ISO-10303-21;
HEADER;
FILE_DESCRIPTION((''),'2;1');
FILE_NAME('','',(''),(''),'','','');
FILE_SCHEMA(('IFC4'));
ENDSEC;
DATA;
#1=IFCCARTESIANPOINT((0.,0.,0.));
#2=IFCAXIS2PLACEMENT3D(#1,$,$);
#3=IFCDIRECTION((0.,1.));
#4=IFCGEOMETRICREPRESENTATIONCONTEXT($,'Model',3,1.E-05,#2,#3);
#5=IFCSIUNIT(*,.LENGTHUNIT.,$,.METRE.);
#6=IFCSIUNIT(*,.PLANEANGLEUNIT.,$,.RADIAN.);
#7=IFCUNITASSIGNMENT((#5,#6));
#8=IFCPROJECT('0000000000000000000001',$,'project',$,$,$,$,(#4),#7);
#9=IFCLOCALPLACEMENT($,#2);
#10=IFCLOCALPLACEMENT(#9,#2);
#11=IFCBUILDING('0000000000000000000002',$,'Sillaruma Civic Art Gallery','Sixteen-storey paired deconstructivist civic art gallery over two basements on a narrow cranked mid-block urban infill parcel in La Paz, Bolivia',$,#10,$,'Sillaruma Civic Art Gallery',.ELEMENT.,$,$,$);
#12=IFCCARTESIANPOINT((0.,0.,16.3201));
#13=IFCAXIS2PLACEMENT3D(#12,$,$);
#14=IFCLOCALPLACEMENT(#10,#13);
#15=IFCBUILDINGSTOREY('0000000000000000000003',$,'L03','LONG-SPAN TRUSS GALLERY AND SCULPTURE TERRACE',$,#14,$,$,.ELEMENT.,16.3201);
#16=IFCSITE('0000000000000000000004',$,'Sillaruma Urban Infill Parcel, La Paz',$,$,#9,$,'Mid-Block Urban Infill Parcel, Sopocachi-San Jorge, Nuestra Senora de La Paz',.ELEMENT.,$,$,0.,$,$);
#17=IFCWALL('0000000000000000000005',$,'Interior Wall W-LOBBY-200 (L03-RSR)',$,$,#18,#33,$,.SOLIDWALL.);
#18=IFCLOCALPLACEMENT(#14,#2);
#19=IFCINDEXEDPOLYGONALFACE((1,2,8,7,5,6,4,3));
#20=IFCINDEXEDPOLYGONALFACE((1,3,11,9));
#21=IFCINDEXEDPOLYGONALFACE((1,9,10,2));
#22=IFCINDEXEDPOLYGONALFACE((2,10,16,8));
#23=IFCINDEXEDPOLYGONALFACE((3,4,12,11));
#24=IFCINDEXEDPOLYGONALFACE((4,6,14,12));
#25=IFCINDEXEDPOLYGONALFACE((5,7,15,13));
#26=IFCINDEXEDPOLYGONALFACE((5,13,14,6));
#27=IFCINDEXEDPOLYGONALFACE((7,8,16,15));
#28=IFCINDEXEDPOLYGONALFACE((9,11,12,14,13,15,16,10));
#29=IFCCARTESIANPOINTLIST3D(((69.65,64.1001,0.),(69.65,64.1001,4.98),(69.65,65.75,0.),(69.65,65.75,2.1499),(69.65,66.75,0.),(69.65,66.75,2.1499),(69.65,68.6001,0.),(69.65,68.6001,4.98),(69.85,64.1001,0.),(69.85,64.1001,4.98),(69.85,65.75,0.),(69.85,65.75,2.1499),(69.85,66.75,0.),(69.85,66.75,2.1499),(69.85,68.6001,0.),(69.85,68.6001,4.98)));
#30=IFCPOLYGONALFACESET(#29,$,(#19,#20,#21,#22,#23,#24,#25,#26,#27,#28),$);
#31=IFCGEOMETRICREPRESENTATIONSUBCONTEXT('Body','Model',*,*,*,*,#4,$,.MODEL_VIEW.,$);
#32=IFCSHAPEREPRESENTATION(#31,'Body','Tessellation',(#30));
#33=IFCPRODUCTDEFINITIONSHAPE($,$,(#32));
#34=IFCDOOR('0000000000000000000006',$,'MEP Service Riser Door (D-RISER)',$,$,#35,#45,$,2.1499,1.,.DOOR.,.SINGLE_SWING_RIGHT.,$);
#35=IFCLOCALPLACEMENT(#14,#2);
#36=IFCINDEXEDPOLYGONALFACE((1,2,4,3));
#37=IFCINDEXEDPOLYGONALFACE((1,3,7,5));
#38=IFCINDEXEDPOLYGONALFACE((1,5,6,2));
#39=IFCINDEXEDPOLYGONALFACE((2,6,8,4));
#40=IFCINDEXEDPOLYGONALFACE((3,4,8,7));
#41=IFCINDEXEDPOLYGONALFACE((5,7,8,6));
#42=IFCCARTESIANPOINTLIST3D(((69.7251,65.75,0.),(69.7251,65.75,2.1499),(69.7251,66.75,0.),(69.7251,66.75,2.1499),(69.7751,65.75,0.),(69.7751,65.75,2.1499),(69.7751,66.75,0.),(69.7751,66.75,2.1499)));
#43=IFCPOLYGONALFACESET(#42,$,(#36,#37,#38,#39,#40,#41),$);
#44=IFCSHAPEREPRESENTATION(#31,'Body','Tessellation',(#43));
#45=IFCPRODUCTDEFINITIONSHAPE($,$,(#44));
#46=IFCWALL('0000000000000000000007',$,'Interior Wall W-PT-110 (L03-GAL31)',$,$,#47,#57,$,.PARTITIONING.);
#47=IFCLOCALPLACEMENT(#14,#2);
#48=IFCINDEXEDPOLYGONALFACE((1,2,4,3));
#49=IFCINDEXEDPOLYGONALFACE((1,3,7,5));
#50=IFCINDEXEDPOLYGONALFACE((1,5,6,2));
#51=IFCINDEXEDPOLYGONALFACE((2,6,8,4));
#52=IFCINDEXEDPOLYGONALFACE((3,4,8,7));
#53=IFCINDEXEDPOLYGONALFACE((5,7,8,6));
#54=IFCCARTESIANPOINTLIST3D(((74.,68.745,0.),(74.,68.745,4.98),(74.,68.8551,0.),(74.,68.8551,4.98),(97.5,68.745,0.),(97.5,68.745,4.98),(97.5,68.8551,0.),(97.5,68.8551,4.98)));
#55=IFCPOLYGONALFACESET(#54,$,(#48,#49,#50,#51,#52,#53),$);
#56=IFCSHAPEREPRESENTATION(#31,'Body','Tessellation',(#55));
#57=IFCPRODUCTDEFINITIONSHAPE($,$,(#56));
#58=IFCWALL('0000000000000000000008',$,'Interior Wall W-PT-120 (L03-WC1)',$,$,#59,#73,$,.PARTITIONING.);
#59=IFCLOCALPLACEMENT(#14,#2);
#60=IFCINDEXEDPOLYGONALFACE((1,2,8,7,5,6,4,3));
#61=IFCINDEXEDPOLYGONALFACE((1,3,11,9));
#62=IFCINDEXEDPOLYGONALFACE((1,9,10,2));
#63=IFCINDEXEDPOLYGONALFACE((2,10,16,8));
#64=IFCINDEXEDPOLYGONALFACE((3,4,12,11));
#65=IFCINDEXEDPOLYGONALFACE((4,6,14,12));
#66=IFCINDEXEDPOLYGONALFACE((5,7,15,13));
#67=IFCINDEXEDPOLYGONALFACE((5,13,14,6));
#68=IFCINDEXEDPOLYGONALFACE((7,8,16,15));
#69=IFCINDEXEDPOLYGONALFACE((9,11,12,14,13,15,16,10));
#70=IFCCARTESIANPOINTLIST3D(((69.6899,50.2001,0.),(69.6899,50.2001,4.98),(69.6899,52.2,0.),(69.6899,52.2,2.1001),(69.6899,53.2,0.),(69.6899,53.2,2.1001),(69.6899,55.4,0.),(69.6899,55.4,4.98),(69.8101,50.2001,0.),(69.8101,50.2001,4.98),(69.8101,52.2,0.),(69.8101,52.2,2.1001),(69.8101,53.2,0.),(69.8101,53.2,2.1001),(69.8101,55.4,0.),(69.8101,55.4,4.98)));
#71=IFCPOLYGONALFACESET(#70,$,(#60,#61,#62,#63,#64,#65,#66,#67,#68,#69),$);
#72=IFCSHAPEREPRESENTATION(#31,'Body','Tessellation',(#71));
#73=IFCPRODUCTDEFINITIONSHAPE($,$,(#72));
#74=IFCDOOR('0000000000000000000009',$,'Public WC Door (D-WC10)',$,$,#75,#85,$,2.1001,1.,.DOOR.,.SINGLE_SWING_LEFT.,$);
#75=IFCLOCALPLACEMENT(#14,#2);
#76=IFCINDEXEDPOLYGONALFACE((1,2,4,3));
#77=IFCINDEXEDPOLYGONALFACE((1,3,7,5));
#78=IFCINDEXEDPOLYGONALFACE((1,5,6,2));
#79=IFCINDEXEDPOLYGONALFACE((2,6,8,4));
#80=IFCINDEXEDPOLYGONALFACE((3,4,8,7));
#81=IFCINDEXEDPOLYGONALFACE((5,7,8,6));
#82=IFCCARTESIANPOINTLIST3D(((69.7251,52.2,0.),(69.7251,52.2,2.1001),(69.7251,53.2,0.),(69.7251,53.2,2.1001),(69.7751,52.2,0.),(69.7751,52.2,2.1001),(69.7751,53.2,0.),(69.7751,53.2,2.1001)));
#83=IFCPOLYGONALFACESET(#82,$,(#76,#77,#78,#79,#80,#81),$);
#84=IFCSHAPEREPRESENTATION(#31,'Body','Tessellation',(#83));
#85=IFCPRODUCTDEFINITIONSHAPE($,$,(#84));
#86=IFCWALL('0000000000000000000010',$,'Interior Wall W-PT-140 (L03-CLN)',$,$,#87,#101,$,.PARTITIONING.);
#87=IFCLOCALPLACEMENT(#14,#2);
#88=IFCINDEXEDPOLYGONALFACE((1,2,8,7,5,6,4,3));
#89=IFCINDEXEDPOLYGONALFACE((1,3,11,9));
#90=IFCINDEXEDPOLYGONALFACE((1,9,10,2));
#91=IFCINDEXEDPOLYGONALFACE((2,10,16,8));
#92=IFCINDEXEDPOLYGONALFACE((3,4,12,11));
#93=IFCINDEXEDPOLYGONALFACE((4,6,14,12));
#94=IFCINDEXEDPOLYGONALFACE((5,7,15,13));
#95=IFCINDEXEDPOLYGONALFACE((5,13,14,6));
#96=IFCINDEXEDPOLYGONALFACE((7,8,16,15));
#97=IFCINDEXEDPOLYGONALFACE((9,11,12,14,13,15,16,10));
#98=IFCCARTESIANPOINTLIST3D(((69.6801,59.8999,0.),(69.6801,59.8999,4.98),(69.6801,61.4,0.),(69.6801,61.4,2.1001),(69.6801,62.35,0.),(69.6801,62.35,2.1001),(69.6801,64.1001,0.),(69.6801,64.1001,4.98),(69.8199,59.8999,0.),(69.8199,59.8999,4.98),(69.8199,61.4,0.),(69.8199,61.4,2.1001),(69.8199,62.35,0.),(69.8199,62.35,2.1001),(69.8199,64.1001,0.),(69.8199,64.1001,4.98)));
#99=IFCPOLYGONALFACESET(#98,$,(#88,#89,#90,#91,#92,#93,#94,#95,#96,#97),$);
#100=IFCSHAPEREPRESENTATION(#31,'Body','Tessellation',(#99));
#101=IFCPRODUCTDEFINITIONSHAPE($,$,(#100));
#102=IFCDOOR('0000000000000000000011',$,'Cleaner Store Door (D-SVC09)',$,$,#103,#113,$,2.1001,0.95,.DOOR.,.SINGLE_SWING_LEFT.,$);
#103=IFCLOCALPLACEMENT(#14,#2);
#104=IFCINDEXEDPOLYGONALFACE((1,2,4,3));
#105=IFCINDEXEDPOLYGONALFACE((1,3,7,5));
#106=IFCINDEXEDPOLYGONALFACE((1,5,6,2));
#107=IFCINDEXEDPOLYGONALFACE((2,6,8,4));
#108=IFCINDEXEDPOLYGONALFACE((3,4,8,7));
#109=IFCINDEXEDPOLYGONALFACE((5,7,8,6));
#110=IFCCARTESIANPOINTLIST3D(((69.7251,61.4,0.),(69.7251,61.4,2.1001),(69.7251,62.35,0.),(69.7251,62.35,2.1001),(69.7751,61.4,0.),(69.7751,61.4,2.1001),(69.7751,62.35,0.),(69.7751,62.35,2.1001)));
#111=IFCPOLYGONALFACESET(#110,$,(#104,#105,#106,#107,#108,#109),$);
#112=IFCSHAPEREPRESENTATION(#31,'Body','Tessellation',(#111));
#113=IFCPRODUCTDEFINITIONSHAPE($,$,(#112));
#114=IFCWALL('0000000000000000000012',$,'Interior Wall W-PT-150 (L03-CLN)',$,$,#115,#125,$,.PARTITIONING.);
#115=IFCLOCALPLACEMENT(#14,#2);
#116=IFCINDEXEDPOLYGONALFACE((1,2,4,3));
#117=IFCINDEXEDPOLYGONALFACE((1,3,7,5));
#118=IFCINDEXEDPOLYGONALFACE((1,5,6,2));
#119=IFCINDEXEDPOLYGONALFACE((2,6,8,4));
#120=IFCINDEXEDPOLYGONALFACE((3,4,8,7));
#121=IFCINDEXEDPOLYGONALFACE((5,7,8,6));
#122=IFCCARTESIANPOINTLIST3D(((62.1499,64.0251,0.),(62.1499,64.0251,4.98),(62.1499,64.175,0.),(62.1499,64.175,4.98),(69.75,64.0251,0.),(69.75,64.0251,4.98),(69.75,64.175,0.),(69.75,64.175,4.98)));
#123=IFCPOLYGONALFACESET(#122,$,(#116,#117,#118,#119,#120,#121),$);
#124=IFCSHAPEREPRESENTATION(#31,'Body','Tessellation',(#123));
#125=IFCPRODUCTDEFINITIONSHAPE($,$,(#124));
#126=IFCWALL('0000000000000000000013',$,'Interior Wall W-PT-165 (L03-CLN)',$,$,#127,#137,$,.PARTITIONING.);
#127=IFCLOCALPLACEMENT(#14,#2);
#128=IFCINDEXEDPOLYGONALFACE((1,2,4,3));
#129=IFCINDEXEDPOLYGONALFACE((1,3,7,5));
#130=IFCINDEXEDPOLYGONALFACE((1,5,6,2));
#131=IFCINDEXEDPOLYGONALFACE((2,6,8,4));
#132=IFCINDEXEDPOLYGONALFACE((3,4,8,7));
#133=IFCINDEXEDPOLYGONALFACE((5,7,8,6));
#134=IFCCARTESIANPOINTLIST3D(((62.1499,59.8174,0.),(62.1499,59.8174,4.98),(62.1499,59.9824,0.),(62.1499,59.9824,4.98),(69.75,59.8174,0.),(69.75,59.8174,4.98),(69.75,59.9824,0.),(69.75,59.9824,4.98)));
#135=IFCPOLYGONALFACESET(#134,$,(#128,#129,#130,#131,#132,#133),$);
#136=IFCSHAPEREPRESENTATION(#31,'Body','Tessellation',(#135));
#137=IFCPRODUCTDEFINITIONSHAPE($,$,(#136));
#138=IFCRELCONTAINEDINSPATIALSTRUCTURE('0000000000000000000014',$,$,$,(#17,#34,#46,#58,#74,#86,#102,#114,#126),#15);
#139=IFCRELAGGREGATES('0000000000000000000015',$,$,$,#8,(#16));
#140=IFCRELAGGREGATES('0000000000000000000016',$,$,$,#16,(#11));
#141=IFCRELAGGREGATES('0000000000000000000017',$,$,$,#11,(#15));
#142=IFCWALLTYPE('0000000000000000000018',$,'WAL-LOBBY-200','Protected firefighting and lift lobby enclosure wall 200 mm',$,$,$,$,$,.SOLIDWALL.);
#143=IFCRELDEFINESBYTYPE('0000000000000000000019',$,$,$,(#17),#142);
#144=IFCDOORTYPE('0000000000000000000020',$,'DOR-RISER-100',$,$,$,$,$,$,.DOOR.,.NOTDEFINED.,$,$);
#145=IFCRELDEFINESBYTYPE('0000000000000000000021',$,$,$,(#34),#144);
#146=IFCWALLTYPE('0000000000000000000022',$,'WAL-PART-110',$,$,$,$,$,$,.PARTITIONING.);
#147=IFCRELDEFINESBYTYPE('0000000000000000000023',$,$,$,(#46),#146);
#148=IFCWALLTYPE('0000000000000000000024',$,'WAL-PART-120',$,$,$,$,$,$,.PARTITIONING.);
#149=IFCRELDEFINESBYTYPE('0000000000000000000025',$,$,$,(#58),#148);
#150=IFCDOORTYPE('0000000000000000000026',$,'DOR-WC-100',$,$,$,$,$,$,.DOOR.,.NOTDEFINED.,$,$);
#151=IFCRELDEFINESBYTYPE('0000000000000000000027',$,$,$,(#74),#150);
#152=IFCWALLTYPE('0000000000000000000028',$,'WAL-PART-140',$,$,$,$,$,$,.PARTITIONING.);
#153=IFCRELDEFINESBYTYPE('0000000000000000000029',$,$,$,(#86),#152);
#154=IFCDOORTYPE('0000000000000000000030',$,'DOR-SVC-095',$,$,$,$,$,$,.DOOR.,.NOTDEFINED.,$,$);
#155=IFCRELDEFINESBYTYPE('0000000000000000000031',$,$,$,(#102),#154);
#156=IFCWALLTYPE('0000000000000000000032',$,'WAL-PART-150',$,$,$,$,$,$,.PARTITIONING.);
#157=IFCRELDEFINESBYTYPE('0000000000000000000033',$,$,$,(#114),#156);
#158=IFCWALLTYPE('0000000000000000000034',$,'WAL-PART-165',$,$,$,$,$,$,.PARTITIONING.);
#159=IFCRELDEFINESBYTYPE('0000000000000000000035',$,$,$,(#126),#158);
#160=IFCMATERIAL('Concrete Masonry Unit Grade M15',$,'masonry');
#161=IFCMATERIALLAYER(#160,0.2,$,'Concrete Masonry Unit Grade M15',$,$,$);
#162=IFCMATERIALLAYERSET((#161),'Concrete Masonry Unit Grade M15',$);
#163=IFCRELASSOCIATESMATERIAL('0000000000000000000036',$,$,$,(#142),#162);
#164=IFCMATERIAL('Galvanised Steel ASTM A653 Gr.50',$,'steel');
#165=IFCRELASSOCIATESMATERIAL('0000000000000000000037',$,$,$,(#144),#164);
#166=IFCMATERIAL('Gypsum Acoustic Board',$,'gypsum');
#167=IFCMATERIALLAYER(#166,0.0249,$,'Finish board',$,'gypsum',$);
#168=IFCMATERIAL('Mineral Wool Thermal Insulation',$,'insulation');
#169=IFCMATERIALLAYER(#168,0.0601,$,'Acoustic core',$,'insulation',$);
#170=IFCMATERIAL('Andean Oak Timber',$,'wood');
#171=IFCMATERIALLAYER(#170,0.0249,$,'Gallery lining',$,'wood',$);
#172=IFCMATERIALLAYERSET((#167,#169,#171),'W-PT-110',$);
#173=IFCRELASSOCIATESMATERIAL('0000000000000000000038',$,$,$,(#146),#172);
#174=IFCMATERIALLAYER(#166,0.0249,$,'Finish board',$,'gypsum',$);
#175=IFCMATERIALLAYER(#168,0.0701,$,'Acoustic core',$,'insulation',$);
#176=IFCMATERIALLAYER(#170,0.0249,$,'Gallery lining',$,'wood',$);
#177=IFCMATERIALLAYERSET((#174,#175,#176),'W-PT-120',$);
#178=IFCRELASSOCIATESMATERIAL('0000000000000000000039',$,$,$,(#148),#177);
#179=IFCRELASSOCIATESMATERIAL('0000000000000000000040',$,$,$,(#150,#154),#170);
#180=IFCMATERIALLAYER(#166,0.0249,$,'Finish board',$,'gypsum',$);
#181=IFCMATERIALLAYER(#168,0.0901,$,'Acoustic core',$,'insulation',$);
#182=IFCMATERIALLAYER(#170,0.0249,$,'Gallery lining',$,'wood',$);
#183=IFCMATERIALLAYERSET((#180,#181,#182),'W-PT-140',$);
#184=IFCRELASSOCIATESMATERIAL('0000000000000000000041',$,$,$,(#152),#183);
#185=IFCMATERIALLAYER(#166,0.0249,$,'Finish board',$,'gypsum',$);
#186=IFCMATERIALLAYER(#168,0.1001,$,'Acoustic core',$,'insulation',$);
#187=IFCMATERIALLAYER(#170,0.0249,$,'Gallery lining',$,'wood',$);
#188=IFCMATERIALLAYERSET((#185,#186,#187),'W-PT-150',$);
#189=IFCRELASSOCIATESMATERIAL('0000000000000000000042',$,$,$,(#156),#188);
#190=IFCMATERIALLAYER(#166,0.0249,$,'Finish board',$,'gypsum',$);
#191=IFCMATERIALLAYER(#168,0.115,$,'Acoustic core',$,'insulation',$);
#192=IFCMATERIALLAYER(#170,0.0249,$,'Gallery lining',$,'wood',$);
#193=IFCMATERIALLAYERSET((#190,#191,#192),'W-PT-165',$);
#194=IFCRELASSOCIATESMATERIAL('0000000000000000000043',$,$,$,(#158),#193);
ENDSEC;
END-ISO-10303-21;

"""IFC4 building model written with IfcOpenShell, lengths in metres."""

from ifc_helpers import new_model, si_unit, direction, frame, frame_2d, origin, place, context, subcontext, project, spatial, rectangle, extrude, material, layer, layer_set, type_object, element, fill, save


model = new_model("IFC4")

# Units and contexts
model_context = context("Model", 3, precision=1e-05, world=origin(), true_north=direction((0.0, 1.0)))
body_context = subcontext(model_context, "Body", "Model", "MODEL_VIEW")
ifc_project = project(units=[si_unit("LENGTHUNIT", "METRE"), si_unit("PLANEANGLEUNIT", "RADIAN")], contexts=[model_context])

# Site, building, storey
site_placement = place(None, origin())
site = spatial("IfcSite", under=ifc_project, at=site_placement, Name="Sillaruma Urban Infill Parcel, La Paz", LongName="Mid-Block Urban Infill Parcel, Sopocachi-San Jorge, Nuestra Senora de La Paz", CompositionType="ELEMENT", RefElevation=0.0)
building_placement = place(site_placement, origin())
building = spatial("IfcBuilding", under=site, at=building_placement, Name="Sillaruma Civic Art Gallery", Description="Sixteen-storey paired deconstructivist civic art gallery over two basements on a narrow cranked mid-block urban infill parcel in La Paz, Bolivia", LongName="Sillaruma Civic Art Gallery", CompositionType="ELEMENT")
storey_placement = place(building_placement, frame((0.0, 0.0, 16.3201)))
storey = spatial("IfcBuildingStorey", under=building, at=storey_placement, Name="L03", Description="LONG-SPAN TRUSS GALLERY AND SCULPTURE TERRACE", CompositionType="ELEMENT", Elevation=16.3201)

# Shared definitions
ifc_material_1 = material(Name="Concrete Masonry Unit Grade M15", Category="masonry")
ifc_layer_1 = layer(ifc_material_1, 0.2, Name="Concrete Masonry Unit Grade M15")
ifc_layer_set_1 = layer_set([ifc_layer_1], Name="Concrete Masonry Unit Grade M15")
wall_type_1 = type_object("IfcWallType", Name="WAL-LOBBY-200", Description="Protected firefighting and lift lobby enclosure wall 200 mm", PredefinedType="SOLIDWALL", material=ifc_layer_set_1)

# Wall, opening, door
wall_1_placement = place(storey_placement, frame((69.75, 64.1001, 0.0), z_axis=(0.0, 0.0, 1.0), x_axis=(0.0, 1.0, 0.0)))
wall_1 = element("IfcWall", 1, at=wall_1_placement, inside=storey, type_object=wall_type_1, Name="Interior Wall W-LOBBY-200 (L03-RSR)", PredefinedType="SOLIDWALL", context=body_context, shape_type="SweptSolid", body=[
    extrude(rectangle(XDim=4.5, YDim=0.2, at=frame_2d((2.25, 0.0))), origin(), (0.0, 0.0, 1.0), 4.98),
])
opening_1_placement = place(wall_1_placement, frame((1.6499, 0.0, 0.0)))
opening_1 = element("IfcOpeningElement", 2, at=opening_1_placement, cuts=wall_1, PredefinedType="OPENING", context=body_context, shape_type="SweptSolid", body=[
    extrude(rectangle(XDim=1.0, YDim=2.1499, at=frame_2d((0.5, 1.075))), frame((0.0, 0.1099, 0.0), z_axis=(0.0, -1.0, 0.0), x_axis=(1.0, 0.0, 0.0)), (0.0, 0.0, 1.0), 0.22),
])
ifc_material_2 = material(Name="Galvanised Steel ASTM A653 Gr.50", Category="steel")
door_type_1 = type_object("IfcDoorType", Name="DOR-RISER-100", OperationType="NOTDEFINED", PredefinedType="DOOR", material=ifc_material_2)
door_1_placement = place(opening_1_placement, origin())
door_1 = element("IfcDoor", 3, at=door_1_placement, inside=storey, type_object=door_type_1, Name="MEP Service Riser Door (D-RISER)", OperationType="SINGLE_SWING_RIGHT", OverallHeight=2.1499, OverallWidth=1.0, PredefinedType="DOOR", context=body_context, shape_type="SweptSolid", body=[
    extrude(rectangle(XDim=1.0, YDim=2.1499, at=frame_2d((0.5, 1.075))), frame((0.0, 0.0249, 0.0), z_axis=(0.0, -1.0, 0.0), x_axis=(1.0, 0.0, 0.0)), (0.0, 0.0, 1.0), 0.05),
])
fill(opening_1, door_1)

# Wall
ifc_material_3 = material(Name="Gypsum Acoustic Board", Category="gypsum")
ifc_layer_2 = layer(ifc_material_3, 0.0249, Name="Finish board", Category="gypsum")
ifc_material_4 = material(Name="Mineral Wool Thermal Insulation", Category="insulation")
ifc_layer_3 = layer(ifc_material_4, 0.0601, Name="Acoustic core", Category="insulation")
ifc_material_5 = material(Name="Andean Oak Timber", Category="wood")
ifc_layer_4 = layer(ifc_material_5, 0.0249, Name="Gallery lining", Category="wood")
ifc_layer_set_2 = layer_set([ifc_layer_2, ifc_layer_3, ifc_layer_4], Name="W-PT-110")
wall_type_2 = type_object("IfcWallType", Name="WAL-PART-110", PredefinedType="PARTITIONING", material=ifc_layer_set_2)
wall_2_placement = place(storey_placement, frame((74.0, 68.8, 0.0), z_axis=(0.0, 0.0, 1.0), x_axis=(1.0, 0.0, 0.0)))
element("IfcWall", 4, at=wall_2_placement, inside=storey, type_object=wall_type_2, Name="Interior Wall W-PT-110 (L03-GAL31)", PredefinedType="PARTITIONING", context=body_context, shape_type="SweptSolid", body=[
    extrude(rectangle(XDim=23.5, YDim=0.1101, at=frame_2d((11.75, 0.0))), origin(), (0.0, 0.0, 1.0), 4.98),
])

# Walls, openings, doors
ifc_layer_5 = layer(ifc_material_3, 0.0249, Name="Finish board", Category="gypsum")
ifc_layer_6 = layer(ifc_material_4, 0.0701, Name="Acoustic core", Category="insulation")
ifc_layer_7 = layer(ifc_material_5, 0.0249, Name="Gallery lining", Category="wood")
ifc_layer_set_3 = layer_set([ifc_layer_5, ifc_layer_6, ifc_layer_7], Name="W-PT-120")
wall_type_3 = type_object("IfcWallType", Name="WAL-PART-120", PredefinedType="PARTITIONING", material=ifc_layer_set_3)
wall_3_placement = place(storey_placement, frame((69.75, 50.2, 0.0), z_axis=(0.0, 0.0, 1.0), x_axis=(0.0, 1.0, 0.0)))
wall_3 = element("IfcWall", 5, at=wall_3_placement, inside=storey, type_object=wall_type_3, Name="Interior Wall W-PT-120 (L03-WC1)", PredefinedType="PARTITIONING", context=body_context, shape_type="SweptSolid", body=[
    extrude(rectangle(XDim=5.2, YDim=0.1201, at=frame_2d((2.6001, 0.0))), origin(), (0.0, 0.0, 1.0), 4.98),
])
opening_2_placement = place(wall_3_placement, frame((2.0, 0.0, 0.0)))
opening_2 = element("IfcOpeningElement", 6, at=opening_2_placement, cuts=wall_3, PredefinedType="OPENING", context=body_context, shape_type="SweptSolid", body=[
    extrude(rectangle(XDim=1.0, YDim=2.1001, at=frame_2d((0.5, 1.05))), frame((0.0, 0.0701, 0.0), z_axis=(0.0, -1.0, 0.0), x_axis=(1.0, 0.0, 0.0)), (0.0, 0.0, 1.0), 0.1401),
])
door_type_2 = type_object("IfcDoorType", Name="DOR-WC-100", OperationType="NOTDEFINED", PredefinedType="DOOR", material=ifc_material_5)
door_2_placement = place(opening_2_placement, origin())
door_2 = element("IfcDoor", 7, at=door_2_placement, inside=storey, type_object=door_type_2, Name="Public WC Door (D-WC10)", OperationType="SINGLE_SWING_LEFT", OverallHeight=2.1001, OverallWidth=1.0, PredefinedType="DOOR", context=body_context, shape_type="SweptSolid", body=[
    extrude(rectangle(XDim=1.0, YDim=2.1001, at=frame_2d((0.5, 1.05))), frame((0.0, 0.0249, 0.0), z_axis=(0.0, -1.0, 0.0), x_axis=(1.0, 0.0, 0.0)), (0.0, 0.0, 1.0), 0.05),
])
fill(opening_2, door_2)
ifc_layer_8 = layer(ifc_material_3, 0.0249, Name="Finish board", Category="gypsum")
ifc_layer_9 = layer(ifc_material_4, 0.0901, Name="Acoustic core", Category="insulation")
ifc_layer_10 = layer(ifc_material_5, 0.0249, Name="Gallery lining", Category="wood")
ifc_layer_set_4 = layer_set([ifc_layer_8, ifc_layer_9, ifc_layer_10], Name="W-PT-140")
wall_type_4 = type_object("IfcWallType", Name="WAL-PART-140", PredefinedType="PARTITIONING", material=ifc_layer_set_4)
wall_4_placement = place(storey_placement, frame((69.75, 59.8999, 0.0), z_axis=(0.0, 0.0, 1.0), x_axis=(0.0, 1.0, 0.0)))
wall_4 = element("IfcWall", 8, at=wall_4_placement, inside=storey, type_object=wall_type_4, Name="Interior Wall W-PT-140 (L03-CLN)", PredefinedType="PARTITIONING", context=body_context, shape_type="SweptSolid", body=[
    extrude(rectangle(XDim=4.2002, YDim=0.1399, at=frame_2d((2.1001, 0.0))), origin(), (0.0, 0.0, 1.0), 4.98),
])
opening_3_placement = place(wall_4_placement, frame((1.5, 0.0, 0.0)))
opening_3 = element("IfcOpeningElement", 9, at=opening_3_placement, cuts=wall_4, PredefinedType="OPENING", context=body_context, shape_type="SweptSolid", body=[
    extrude(rectangle(XDim=0.95, YDim=2.1001, at=frame_2d((0.4751, 1.05))), frame((0.0, 0.0798, 0.0), z_axis=(0.0, -1.0, 0.0), x_axis=(1.0, 0.0, 0.0)), (0.0, 0.0, 1.0), 0.1599),
])
door_type_3 = type_object("IfcDoorType", Name="DOR-SVC-095", OperationType="NOTDEFINED", PredefinedType="DOOR", material=ifc_material_5)
door_3_placement = place(opening_3_placement, origin())
door_3 = element("IfcDoor", 10, at=door_3_placement, inside=storey, type_object=door_type_3, Name="Cleaner Store Door (D-SVC09)", OperationType="SINGLE_SWING_LEFT", OverallHeight=2.1001, OverallWidth=0.95, PredefinedType="DOOR", context=body_context, shape_type="SweptSolid", body=[
    extrude(rectangle(XDim=0.95, YDim=2.1001, at=frame_2d((0.4751, 1.05))), frame((0.0, 0.0249, 0.0), z_axis=(0.0, -1.0, 0.0), x_axis=(1.0, 0.0, 0.0)), (0.0, 0.0, 1.0), 0.05),
])
fill(opening_3, door_3)

# Walls
ifc_layer_11 = layer(ifc_material_3, 0.0249, Name="Finish board", Category="gypsum")
ifc_layer_12 = layer(ifc_material_4, 0.1001, Name="Acoustic core", Category="insulation")
ifc_layer_13 = layer(ifc_material_5, 0.0249, Name="Gallery lining", Category="wood")
ifc_layer_set_5 = layer_set([ifc_layer_11, ifc_layer_12, ifc_layer_13], Name="W-PT-150")
wall_type_5 = type_object("IfcWallType", Name="WAL-PART-150", PredefinedType="PARTITIONING", material=ifc_layer_set_5)
wall_5_placement = place(storey_placement, frame((62.1499, 64.1001, 0.0), z_axis=(0.0, 0.0, 1.0), x_axis=(1.0, 0.0, 0.0)))
element("IfcWall", 11, at=wall_5_placement, inside=storey, type_object=wall_type_5, Name="Interior Wall W-PT-150 (L03-CLN)", PredefinedType="PARTITIONING", context=body_context, shape_type="SweptSolid", body=[
    extrude(rectangle(XDim=7.6001, YDim=0.1499, at=frame_2d((3.8, 0.0))), origin(), (0.0, 0.0, 1.0), 4.98),
])
ifc_layer_14 = layer(ifc_material_3, 0.0249, Name="Finish board", Category="gypsum")
ifc_layer_15 = layer(ifc_material_4, 0.115, Name="Acoustic core", Category="insulation")
ifc_layer_16 = layer(ifc_material_5, 0.0249, Name="Gallery lining", Category="wood")
ifc_layer_set_6 = layer_set([ifc_layer_14, ifc_layer_15, ifc_layer_16], Name="W-PT-165")
wall_type_6 = type_object("IfcWallType", Name="WAL-PART-165", PredefinedType="PARTITIONING", material=ifc_layer_set_6)
wall_6_placement = place(storey_placement, frame((62.1499, 59.8999, 0.0), z_axis=(0.0, 0.0, 1.0), x_axis=(1.0, 0.0, 0.0)))
element("IfcWall", 12, at=wall_6_placement, inside=storey, type_object=wall_type_6, Name="Interior Wall W-PT-165 (L03-CLN)", PredefinedType="PARTITIONING", context=body_context, shape_type="SweptSolid", body=[
    extrude(rectangle(XDim=7.6001, YDim=0.165, at=frame_2d((3.8, 0.0))), origin(), (0.0, 0.0, 1.0), 4.98),
])

save(model, "model.ifc")
